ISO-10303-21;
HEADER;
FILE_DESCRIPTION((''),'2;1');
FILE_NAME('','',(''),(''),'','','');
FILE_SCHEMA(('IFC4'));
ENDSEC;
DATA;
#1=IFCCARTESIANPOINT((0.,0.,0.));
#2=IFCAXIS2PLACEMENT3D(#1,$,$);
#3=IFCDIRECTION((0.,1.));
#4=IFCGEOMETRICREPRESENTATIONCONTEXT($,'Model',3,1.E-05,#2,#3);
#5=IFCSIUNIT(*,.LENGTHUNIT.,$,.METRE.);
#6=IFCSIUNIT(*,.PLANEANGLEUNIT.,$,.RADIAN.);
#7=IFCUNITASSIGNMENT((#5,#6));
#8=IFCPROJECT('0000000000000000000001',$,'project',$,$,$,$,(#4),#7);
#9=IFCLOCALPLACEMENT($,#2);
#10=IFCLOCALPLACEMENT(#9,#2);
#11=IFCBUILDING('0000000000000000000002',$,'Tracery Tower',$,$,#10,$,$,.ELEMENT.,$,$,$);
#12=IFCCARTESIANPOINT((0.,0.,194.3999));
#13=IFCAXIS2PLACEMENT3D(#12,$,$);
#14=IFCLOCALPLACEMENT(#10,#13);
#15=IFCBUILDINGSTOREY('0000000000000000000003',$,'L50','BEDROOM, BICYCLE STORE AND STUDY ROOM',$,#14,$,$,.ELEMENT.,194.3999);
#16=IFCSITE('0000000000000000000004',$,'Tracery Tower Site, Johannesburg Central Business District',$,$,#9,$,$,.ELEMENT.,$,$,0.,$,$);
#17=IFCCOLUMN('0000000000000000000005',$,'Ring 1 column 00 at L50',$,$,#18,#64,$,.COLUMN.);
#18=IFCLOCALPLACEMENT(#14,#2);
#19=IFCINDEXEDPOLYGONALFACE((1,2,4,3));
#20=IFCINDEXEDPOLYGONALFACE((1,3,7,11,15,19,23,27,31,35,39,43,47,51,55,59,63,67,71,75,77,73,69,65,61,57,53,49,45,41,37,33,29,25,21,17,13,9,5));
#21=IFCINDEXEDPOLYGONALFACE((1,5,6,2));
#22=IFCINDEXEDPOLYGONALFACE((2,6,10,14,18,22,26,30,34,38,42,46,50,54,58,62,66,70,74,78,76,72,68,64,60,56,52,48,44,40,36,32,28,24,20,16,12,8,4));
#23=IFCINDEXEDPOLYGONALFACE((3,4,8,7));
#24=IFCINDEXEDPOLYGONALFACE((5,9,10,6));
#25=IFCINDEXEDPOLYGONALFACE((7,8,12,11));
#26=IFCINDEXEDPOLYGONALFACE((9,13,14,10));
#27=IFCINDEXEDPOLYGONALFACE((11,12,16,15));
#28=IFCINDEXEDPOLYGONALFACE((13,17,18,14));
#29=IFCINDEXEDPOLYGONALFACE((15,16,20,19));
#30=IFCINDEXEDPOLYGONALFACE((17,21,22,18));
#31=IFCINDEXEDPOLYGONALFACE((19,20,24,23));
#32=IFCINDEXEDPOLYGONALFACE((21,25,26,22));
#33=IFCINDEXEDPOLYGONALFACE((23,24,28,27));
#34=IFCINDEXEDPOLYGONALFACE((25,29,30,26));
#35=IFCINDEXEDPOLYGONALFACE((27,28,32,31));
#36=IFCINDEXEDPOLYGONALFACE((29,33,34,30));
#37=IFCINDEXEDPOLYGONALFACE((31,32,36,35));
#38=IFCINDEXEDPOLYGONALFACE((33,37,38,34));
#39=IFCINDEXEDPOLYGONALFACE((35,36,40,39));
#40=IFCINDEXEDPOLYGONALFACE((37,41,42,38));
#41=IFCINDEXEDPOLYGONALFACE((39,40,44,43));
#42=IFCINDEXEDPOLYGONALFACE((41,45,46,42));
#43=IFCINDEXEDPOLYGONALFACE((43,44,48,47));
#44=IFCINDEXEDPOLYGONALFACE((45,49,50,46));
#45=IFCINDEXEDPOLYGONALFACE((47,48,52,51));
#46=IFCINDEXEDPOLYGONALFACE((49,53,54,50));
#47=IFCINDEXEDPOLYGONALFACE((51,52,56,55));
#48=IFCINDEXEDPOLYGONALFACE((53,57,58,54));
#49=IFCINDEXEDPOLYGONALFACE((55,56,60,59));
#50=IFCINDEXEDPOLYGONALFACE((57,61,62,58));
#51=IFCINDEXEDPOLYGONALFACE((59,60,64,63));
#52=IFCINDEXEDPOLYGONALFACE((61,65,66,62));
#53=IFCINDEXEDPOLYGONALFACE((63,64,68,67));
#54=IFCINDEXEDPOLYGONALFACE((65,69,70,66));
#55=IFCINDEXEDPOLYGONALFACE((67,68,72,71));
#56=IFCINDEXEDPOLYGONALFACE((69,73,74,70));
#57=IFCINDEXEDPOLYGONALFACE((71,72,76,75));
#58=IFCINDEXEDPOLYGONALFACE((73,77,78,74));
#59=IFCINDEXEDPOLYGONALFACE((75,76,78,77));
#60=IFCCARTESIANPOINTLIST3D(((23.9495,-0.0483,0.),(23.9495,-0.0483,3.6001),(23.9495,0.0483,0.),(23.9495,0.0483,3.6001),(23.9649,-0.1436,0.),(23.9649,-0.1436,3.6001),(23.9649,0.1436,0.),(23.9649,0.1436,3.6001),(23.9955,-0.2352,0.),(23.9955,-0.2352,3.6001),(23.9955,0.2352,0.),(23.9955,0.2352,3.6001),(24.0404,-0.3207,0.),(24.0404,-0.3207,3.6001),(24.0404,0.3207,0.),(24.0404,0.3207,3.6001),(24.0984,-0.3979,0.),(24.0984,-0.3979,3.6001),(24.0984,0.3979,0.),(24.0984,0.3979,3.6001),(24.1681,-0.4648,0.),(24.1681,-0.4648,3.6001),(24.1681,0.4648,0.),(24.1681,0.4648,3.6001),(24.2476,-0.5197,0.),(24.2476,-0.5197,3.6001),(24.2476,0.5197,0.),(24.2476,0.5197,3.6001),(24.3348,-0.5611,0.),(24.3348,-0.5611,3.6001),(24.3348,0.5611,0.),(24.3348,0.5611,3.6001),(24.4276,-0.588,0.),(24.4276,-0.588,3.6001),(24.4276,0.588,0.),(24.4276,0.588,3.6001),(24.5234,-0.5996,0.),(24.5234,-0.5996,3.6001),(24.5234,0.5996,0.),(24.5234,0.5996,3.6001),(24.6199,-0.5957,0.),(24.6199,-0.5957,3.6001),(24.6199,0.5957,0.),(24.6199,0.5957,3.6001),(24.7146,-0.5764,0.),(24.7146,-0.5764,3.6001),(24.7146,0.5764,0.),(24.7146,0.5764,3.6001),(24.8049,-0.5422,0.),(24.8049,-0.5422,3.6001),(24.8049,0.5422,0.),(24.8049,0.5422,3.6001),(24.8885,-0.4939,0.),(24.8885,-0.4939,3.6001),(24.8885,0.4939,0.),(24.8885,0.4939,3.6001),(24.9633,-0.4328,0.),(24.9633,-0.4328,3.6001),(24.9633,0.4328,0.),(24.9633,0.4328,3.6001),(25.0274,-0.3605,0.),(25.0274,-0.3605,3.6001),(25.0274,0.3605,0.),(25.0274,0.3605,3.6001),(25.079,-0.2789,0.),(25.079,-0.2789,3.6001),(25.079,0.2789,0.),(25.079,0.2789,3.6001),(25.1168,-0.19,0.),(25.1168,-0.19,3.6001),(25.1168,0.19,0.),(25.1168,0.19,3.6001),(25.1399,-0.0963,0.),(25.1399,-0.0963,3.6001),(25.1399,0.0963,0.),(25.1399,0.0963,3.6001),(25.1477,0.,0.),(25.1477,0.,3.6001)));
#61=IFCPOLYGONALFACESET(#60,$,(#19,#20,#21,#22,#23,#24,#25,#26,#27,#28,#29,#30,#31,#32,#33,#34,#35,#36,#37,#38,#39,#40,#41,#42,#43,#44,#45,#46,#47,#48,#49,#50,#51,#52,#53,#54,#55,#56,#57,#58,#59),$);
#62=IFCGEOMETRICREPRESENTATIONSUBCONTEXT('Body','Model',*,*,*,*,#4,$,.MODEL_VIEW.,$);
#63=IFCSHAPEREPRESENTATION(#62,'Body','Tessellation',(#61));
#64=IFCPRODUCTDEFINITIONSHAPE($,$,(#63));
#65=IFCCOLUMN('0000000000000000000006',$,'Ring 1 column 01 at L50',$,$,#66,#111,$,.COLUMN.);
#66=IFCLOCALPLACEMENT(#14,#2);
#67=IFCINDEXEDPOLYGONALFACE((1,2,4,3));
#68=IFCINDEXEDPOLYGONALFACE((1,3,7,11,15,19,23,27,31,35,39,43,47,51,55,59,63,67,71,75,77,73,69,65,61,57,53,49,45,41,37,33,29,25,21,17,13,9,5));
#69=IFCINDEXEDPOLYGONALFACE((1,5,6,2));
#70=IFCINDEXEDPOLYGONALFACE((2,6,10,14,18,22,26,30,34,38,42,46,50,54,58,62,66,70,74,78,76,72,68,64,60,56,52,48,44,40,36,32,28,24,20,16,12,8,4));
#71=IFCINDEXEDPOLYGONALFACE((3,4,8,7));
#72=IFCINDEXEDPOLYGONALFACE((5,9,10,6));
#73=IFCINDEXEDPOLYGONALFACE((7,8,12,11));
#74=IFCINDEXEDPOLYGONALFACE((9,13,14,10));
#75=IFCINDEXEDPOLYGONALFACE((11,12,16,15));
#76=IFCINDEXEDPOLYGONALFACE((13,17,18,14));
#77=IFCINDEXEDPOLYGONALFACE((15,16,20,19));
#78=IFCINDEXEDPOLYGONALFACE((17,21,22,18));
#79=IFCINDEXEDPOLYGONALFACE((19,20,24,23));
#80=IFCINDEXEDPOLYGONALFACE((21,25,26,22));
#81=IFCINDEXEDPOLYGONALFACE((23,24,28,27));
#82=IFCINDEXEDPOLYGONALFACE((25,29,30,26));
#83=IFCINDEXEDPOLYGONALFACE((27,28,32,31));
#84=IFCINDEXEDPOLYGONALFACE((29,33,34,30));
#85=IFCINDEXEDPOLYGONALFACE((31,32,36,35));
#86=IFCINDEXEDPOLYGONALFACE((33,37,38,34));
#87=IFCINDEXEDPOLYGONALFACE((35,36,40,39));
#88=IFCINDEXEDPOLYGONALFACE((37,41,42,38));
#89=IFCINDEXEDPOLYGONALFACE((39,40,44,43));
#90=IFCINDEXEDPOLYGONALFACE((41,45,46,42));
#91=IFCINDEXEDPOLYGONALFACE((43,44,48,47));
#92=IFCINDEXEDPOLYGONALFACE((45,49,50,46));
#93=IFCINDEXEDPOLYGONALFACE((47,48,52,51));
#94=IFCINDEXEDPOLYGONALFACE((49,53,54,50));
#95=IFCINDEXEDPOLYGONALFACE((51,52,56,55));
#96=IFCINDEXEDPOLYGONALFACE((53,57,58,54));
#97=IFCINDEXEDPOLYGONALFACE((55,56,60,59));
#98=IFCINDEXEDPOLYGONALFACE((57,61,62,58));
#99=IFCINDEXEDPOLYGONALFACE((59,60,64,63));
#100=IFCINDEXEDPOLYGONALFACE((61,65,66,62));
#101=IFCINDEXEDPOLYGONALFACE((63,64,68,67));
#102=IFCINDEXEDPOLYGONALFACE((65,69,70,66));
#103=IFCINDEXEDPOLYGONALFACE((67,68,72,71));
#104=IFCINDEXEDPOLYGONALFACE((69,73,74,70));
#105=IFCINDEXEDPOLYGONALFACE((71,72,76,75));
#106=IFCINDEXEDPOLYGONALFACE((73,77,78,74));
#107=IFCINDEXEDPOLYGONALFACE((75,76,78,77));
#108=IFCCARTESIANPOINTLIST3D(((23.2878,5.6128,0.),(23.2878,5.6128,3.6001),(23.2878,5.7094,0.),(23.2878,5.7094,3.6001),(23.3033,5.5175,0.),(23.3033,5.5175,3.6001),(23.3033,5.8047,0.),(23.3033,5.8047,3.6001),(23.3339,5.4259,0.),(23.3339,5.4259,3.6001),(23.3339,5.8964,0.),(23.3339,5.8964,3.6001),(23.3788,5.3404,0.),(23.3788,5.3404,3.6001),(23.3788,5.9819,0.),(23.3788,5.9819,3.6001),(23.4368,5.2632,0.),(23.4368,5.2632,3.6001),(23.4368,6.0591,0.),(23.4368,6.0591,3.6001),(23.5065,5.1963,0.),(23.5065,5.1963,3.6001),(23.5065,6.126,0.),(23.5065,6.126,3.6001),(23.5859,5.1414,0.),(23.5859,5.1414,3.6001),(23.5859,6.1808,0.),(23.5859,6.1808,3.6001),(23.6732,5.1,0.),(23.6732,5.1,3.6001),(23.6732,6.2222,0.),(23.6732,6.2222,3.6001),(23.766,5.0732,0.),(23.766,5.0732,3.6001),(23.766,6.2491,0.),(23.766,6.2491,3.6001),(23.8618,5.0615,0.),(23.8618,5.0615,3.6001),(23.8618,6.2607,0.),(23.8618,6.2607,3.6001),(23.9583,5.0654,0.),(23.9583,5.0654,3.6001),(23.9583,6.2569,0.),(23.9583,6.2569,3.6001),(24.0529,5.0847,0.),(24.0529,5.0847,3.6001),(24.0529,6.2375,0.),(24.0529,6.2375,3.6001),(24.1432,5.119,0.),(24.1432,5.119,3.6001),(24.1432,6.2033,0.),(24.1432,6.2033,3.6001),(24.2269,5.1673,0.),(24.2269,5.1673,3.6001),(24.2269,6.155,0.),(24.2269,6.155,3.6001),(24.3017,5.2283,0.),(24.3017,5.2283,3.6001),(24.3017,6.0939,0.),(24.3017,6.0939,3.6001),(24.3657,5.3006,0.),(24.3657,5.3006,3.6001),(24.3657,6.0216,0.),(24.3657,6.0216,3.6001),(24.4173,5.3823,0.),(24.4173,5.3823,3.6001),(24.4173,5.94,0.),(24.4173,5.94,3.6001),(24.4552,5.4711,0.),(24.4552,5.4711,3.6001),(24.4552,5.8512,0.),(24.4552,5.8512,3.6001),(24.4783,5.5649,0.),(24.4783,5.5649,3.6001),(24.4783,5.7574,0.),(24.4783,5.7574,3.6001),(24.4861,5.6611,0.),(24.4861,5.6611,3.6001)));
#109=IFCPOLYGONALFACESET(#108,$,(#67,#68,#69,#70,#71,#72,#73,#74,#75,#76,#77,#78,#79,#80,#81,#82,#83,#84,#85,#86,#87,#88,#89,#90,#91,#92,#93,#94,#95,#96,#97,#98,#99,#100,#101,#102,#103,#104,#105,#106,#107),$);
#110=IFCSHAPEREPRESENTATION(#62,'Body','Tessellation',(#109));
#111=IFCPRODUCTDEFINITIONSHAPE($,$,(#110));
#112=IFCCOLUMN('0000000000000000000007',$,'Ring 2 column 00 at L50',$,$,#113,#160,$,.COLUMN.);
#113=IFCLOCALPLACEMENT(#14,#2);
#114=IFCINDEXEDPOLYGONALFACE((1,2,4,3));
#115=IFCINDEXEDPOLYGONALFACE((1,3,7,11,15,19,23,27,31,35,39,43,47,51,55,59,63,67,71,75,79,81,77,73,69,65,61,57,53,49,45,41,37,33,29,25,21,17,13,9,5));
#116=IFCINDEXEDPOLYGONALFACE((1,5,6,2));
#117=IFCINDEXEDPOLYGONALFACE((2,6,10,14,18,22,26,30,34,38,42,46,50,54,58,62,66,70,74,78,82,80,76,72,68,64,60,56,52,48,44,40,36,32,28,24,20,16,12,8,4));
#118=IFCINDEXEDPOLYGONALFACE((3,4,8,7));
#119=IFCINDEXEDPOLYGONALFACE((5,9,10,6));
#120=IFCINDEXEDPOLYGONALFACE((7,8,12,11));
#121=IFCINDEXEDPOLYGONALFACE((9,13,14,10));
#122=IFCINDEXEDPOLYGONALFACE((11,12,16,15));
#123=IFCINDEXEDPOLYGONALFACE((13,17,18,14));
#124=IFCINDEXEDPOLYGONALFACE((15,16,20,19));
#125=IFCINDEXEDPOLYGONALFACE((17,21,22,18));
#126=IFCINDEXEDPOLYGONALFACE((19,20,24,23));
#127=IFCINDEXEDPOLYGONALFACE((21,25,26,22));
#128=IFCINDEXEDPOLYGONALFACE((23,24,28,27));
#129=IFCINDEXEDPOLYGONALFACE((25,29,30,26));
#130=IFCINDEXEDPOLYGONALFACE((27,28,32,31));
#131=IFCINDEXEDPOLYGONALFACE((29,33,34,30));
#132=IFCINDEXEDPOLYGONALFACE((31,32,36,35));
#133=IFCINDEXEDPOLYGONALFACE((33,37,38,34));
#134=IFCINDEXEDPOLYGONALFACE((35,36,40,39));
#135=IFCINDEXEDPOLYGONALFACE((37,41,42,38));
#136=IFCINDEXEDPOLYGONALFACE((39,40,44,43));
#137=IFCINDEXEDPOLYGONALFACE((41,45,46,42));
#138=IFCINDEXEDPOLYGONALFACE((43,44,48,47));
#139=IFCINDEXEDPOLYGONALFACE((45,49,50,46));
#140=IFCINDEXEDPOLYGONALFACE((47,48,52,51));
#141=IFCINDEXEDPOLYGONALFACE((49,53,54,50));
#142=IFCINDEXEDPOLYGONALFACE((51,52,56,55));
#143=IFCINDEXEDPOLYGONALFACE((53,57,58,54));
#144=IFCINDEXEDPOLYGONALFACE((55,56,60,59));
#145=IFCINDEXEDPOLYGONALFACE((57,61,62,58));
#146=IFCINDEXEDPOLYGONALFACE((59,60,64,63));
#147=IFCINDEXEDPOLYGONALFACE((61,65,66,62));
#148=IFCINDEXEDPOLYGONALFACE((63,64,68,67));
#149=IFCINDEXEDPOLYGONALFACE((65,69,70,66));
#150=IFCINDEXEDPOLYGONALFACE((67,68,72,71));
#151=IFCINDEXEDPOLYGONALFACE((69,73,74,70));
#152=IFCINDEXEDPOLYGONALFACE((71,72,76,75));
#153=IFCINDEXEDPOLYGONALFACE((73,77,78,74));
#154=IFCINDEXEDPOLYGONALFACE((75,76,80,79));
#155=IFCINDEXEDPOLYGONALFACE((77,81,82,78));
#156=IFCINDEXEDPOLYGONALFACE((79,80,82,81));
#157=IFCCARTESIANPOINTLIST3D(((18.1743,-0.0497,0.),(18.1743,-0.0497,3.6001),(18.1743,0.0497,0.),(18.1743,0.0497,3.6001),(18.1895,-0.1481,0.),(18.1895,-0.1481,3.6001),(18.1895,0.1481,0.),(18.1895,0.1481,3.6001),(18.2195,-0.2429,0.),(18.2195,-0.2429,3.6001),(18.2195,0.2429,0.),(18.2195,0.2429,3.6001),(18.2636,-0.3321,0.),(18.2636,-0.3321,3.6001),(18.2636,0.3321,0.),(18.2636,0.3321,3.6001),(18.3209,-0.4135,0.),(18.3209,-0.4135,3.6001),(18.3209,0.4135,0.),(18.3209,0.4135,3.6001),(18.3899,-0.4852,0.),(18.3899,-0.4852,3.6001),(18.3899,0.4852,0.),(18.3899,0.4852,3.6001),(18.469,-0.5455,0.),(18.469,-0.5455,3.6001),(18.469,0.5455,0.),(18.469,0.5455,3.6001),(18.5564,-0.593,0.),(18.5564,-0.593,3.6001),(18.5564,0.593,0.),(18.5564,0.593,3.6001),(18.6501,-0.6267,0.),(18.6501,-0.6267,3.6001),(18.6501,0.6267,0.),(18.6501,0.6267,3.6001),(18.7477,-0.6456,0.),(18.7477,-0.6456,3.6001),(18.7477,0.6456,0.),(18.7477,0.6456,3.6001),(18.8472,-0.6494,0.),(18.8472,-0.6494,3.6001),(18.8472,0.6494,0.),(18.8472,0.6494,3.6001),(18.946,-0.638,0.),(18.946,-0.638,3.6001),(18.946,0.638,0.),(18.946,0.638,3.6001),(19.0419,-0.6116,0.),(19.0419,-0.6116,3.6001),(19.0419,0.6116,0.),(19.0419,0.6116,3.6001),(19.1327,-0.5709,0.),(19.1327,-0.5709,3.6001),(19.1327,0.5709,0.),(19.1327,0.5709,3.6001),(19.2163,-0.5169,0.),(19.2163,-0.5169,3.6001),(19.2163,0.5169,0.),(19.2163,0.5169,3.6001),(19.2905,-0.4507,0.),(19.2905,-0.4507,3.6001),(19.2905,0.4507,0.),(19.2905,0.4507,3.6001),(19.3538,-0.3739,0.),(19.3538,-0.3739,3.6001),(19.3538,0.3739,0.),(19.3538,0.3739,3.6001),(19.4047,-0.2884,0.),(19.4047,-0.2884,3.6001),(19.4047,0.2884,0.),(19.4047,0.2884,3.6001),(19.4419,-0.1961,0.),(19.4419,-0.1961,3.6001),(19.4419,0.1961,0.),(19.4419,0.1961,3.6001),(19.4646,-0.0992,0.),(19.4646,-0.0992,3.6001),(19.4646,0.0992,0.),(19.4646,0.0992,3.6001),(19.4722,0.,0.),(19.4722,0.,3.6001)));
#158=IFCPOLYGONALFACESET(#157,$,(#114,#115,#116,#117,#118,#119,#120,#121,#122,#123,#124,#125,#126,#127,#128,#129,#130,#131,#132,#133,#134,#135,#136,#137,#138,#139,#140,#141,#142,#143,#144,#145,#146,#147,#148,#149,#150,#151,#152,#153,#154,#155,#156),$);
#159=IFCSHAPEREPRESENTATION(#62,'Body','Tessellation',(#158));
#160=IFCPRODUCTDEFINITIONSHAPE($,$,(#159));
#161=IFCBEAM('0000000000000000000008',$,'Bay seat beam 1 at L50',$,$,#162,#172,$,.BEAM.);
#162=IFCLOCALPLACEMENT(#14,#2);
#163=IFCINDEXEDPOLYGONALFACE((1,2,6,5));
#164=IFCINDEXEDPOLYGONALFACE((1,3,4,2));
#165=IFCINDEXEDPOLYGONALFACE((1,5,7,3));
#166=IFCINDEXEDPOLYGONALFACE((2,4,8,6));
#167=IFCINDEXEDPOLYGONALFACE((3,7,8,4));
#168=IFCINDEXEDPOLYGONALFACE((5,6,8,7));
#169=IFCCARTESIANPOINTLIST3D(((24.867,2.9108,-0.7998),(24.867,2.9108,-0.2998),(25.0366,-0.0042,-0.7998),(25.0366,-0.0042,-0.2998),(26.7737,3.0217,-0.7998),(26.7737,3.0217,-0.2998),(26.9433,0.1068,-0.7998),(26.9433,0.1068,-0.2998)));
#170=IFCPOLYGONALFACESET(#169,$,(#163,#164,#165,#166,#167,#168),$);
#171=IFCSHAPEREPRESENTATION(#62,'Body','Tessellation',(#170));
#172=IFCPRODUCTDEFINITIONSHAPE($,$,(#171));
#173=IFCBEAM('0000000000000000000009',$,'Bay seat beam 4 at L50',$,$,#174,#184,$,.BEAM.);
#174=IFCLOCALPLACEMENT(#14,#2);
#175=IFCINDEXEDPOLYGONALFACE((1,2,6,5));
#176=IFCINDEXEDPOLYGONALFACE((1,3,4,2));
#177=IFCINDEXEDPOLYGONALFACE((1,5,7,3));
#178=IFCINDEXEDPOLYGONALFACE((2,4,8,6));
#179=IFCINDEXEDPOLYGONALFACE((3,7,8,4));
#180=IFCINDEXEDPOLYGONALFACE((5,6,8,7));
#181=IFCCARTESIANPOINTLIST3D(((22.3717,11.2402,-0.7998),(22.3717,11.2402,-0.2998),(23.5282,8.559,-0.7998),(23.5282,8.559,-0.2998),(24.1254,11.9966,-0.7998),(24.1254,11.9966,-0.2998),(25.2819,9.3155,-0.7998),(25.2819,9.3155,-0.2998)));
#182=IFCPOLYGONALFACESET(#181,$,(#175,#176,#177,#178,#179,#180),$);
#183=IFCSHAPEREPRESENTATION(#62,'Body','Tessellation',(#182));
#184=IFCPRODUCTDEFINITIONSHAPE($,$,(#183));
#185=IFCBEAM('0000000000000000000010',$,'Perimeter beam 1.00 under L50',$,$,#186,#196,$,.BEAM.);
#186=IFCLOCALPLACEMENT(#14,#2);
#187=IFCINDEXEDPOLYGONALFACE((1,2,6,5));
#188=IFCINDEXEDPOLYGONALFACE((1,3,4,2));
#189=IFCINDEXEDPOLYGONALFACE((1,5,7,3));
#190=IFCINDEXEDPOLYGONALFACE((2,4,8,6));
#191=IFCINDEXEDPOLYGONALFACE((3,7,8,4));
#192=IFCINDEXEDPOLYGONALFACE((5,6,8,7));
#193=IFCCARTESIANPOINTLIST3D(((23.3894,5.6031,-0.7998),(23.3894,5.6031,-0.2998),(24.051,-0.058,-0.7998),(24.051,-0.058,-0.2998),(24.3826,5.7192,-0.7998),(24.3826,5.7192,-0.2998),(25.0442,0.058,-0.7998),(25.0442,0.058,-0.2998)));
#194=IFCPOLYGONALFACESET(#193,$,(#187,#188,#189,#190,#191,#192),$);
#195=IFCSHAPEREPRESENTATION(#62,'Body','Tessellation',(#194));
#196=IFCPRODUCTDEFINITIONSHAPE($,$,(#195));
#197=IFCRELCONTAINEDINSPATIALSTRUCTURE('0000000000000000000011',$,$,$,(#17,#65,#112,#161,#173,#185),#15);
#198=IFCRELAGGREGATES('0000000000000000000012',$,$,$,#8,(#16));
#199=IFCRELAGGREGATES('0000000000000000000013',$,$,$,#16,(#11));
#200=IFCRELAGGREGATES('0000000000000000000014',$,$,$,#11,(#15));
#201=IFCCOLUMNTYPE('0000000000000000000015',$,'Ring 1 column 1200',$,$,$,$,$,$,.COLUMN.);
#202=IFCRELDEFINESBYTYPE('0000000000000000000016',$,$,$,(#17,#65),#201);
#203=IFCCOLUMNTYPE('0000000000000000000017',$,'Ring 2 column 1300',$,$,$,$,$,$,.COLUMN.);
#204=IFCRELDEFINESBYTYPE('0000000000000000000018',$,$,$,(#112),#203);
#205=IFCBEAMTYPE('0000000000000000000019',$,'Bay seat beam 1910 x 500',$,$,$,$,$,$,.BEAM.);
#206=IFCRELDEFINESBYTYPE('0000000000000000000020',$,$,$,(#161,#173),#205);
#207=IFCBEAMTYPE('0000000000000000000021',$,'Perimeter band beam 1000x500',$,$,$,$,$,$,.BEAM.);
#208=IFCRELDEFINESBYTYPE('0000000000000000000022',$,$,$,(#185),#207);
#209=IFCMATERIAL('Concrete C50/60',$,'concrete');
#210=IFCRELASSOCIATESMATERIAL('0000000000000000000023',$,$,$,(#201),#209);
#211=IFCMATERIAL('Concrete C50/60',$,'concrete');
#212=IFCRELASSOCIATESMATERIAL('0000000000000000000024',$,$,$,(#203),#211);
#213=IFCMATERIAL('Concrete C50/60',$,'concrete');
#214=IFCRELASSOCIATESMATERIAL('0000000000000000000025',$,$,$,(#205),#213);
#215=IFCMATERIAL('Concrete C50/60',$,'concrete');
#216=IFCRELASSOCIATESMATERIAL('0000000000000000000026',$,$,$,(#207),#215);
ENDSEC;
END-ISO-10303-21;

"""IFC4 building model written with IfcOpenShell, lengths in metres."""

from ifc_helpers import new_model, si_unit, direction, frame, origin, origin_2d, place, context, subcontext, project, spatial, rectangle, circle, extrude, material, material_profile, profile_set, type_object, element, save


model = new_model("IFC4")

# Units and contexts
model_context = context("Model", 3, precision=1e-05, world=origin(), true_north=direction((0.0, 1.0)))
body_context = subcontext(model_context, "Body", "Model", "MODEL_VIEW")
ifc_project = project(units=[si_unit("LENGTHUNIT", "METRE"), si_unit("PLANEANGLEUNIT", "RADIAN")], contexts=[model_context])

# Site, building, storey
site_placement = place(None, origin())
site = spatial("IfcSite", under=ifc_project, at=site_placement, Name="Tracery Tower Site, Johannesburg Central Business District", CompositionType="ELEMENT", RefElevation=0.0)
building_placement = place(site_placement, origin())
building = spatial("IfcBuilding", under=site, at=building_placement, Name="Tracery Tower", CompositionType="ELEMENT")
storey_placement = place(building_placement, frame((0.0, 0.0, 194.3999)))
storey = spatial("IfcBuildingStorey", under=building, at=storey_placement, Name="L50", Description="BEDROOM, BICYCLE STORE AND STUDY ROOM", CompositionType="ELEMENT", Elevation=194.3999)

# Columns
ifc_material_1 = material(Name="Concrete C50/60", Category="concrete")
ifc_material_profile_1 = material_profile(ifc_material_1, circle(Radius=0.6001, at=origin_2d()), Name="RC D1200")
ifc_profile_set_1 = profile_set([ifc_material_profile_1], Name="Concrete C50/60")
column_type_1 = type_object("IfcColumnType", Name="Ring 1 column 1200", PredefinedType="COLUMN", material=ifc_profile_set_1)
for number, where, z_axis, x_axis, name in (
    (1, (24.5476, 0.0, 0.0), (0.0, 0.0, 1.0), (1.0, 0.0, 0.0), "Ring 1 column 00 at L50"),
    (2, (23.886, 5.6611, 0.0), (0.0, 0.0, 1.0), (1.0, 0.0, 0.0), "Ring 1 column 01 at L50"),
):
    element("IfcColumn", number, at=place(storey_placement, frame(where, z_axis=z_axis, x_axis=x_axis)), inside=storey, type_object=column_type_1, Name=name, PredefinedType="COLUMN", context=body_context, shape_type="SweptSolid", body=[
        extrude(circle(Radius=0.6001, at=origin_2d()), origin(), (0.0, 0.0, 1.0), 3.6001),
    ])
ifc_material_2 = material(Name="Concrete C50/60", Category="concrete")
ifc_material_profile_2 = material_profile(ifc_material_2, circle(Radius=0.6499, at=origin_2d()), Name="RC D1300")
ifc_profile_set_2 = profile_set([ifc_material_profile_2], Name="Concrete C50/60")
column_type_2 = type_object("IfcColumnType", Name="Ring 2 column 1300", PredefinedType="COLUMN", material=ifc_profile_set_2)
column_placement = place(storey_placement, frame((18.8223, 0.0, 0.0), z_axis=(0.0, 0.0, 1.0), x_axis=(1.0, 0.0, 0.0)))
element("IfcColumn", 3, at=column_placement, inside=storey, type_object=column_type_2, Name="Ring 2 column 00 at L50", PredefinedType="COLUMN", context=body_context, shape_type="SweptSolid", body=[
    extrude(circle(Radius=0.6499, at=origin_2d()), origin(), (0.0, 0.0, 1.0), 3.6001),
])

# Beams
ifc_material_3 = material(Name="Concrete C50/60", Category="concrete")
ifc_material_profile_3 = material_profile(ifc_material_3, rectangle(XDim=1.9099, YDim=0.5, at=origin_2d()), Name="RC 1910x500")
ifc_profile_set_3 = profile_set([ifc_material_profile_3], Name="Concrete C50/60")
beam_type_1 = type_object("IfcBeamType", Name="Bay seat beam 1910 x 500", PredefinedType="BEAM", material=ifc_profile_set_3)
for number, where, z_axis, x_axis, name in (
    (4, (25.99, 0.0513, -0.5498), (-0.058109, 0.99831, 0.0), (-0.99831, -0.058109, 0.0), "Bay seat beam 1 at L50"),
    (5, (24.405, 8.9373, -0.5498), (-0.396068, 0.918221, 0.0), (-0.918221, -0.396068, 0.0), "Bay seat beam 4 at L50"),
):
    element("IfcBeam", number, at=place(storey_placement, frame(where, z_axis=z_axis, x_axis=x_axis)), inside=storey, type_object=beam_type_1, Name=name, PredefinedType="BEAM", context=body_context, shape_type="SweptSolid", body=[
        extrude(rectangle(XDim=1.9099, YDim=0.5, at=origin_2d()), origin(), (0.0, 0.0, 1.0), 2.9199),
    ])
ifc_material_4 = material(Name="Concrete C50/60", Category="concrete")
ifc_material_profile_4 = material_profile(ifc_material_4, rectangle(XDim=1.0, YDim=0.5, at=origin_2d()), Name="RC 1000x500")
ifc_profile_set_4 = profile_set([ifc_material_profile_4], Name="Concrete C50/60")
beam_type_2 = type_object("IfcBeamType", Name="Perimeter band beam 1000x500", PredefinedType="BEAM", material=ifc_profile_set_4)
for number, where, z_axis, x_axis, name in (
    (6, (24.5476, 0.0, -0.5498), (-0.116081, 0.99324, 0.0), (-0.99324, -0.116081, 0.0), "Perimeter beam 1.00 under L50"),
):
    element("IfcBeam", number, at=place(storey_placement, frame(where, z_axis=z_axis, x_axis=x_axis)), inside=storey, type_object=beam_type_2, Name=name, PredefinedType="BEAM", context=body_context, shape_type="SweptSolid", body=[
        extrude(rectangle(XDim=1.0, YDim=0.5, at=origin_2d()), origin(), (0.0, 0.0, 1.0), 5.6997),
    ])

save(model, "model.ifc")
